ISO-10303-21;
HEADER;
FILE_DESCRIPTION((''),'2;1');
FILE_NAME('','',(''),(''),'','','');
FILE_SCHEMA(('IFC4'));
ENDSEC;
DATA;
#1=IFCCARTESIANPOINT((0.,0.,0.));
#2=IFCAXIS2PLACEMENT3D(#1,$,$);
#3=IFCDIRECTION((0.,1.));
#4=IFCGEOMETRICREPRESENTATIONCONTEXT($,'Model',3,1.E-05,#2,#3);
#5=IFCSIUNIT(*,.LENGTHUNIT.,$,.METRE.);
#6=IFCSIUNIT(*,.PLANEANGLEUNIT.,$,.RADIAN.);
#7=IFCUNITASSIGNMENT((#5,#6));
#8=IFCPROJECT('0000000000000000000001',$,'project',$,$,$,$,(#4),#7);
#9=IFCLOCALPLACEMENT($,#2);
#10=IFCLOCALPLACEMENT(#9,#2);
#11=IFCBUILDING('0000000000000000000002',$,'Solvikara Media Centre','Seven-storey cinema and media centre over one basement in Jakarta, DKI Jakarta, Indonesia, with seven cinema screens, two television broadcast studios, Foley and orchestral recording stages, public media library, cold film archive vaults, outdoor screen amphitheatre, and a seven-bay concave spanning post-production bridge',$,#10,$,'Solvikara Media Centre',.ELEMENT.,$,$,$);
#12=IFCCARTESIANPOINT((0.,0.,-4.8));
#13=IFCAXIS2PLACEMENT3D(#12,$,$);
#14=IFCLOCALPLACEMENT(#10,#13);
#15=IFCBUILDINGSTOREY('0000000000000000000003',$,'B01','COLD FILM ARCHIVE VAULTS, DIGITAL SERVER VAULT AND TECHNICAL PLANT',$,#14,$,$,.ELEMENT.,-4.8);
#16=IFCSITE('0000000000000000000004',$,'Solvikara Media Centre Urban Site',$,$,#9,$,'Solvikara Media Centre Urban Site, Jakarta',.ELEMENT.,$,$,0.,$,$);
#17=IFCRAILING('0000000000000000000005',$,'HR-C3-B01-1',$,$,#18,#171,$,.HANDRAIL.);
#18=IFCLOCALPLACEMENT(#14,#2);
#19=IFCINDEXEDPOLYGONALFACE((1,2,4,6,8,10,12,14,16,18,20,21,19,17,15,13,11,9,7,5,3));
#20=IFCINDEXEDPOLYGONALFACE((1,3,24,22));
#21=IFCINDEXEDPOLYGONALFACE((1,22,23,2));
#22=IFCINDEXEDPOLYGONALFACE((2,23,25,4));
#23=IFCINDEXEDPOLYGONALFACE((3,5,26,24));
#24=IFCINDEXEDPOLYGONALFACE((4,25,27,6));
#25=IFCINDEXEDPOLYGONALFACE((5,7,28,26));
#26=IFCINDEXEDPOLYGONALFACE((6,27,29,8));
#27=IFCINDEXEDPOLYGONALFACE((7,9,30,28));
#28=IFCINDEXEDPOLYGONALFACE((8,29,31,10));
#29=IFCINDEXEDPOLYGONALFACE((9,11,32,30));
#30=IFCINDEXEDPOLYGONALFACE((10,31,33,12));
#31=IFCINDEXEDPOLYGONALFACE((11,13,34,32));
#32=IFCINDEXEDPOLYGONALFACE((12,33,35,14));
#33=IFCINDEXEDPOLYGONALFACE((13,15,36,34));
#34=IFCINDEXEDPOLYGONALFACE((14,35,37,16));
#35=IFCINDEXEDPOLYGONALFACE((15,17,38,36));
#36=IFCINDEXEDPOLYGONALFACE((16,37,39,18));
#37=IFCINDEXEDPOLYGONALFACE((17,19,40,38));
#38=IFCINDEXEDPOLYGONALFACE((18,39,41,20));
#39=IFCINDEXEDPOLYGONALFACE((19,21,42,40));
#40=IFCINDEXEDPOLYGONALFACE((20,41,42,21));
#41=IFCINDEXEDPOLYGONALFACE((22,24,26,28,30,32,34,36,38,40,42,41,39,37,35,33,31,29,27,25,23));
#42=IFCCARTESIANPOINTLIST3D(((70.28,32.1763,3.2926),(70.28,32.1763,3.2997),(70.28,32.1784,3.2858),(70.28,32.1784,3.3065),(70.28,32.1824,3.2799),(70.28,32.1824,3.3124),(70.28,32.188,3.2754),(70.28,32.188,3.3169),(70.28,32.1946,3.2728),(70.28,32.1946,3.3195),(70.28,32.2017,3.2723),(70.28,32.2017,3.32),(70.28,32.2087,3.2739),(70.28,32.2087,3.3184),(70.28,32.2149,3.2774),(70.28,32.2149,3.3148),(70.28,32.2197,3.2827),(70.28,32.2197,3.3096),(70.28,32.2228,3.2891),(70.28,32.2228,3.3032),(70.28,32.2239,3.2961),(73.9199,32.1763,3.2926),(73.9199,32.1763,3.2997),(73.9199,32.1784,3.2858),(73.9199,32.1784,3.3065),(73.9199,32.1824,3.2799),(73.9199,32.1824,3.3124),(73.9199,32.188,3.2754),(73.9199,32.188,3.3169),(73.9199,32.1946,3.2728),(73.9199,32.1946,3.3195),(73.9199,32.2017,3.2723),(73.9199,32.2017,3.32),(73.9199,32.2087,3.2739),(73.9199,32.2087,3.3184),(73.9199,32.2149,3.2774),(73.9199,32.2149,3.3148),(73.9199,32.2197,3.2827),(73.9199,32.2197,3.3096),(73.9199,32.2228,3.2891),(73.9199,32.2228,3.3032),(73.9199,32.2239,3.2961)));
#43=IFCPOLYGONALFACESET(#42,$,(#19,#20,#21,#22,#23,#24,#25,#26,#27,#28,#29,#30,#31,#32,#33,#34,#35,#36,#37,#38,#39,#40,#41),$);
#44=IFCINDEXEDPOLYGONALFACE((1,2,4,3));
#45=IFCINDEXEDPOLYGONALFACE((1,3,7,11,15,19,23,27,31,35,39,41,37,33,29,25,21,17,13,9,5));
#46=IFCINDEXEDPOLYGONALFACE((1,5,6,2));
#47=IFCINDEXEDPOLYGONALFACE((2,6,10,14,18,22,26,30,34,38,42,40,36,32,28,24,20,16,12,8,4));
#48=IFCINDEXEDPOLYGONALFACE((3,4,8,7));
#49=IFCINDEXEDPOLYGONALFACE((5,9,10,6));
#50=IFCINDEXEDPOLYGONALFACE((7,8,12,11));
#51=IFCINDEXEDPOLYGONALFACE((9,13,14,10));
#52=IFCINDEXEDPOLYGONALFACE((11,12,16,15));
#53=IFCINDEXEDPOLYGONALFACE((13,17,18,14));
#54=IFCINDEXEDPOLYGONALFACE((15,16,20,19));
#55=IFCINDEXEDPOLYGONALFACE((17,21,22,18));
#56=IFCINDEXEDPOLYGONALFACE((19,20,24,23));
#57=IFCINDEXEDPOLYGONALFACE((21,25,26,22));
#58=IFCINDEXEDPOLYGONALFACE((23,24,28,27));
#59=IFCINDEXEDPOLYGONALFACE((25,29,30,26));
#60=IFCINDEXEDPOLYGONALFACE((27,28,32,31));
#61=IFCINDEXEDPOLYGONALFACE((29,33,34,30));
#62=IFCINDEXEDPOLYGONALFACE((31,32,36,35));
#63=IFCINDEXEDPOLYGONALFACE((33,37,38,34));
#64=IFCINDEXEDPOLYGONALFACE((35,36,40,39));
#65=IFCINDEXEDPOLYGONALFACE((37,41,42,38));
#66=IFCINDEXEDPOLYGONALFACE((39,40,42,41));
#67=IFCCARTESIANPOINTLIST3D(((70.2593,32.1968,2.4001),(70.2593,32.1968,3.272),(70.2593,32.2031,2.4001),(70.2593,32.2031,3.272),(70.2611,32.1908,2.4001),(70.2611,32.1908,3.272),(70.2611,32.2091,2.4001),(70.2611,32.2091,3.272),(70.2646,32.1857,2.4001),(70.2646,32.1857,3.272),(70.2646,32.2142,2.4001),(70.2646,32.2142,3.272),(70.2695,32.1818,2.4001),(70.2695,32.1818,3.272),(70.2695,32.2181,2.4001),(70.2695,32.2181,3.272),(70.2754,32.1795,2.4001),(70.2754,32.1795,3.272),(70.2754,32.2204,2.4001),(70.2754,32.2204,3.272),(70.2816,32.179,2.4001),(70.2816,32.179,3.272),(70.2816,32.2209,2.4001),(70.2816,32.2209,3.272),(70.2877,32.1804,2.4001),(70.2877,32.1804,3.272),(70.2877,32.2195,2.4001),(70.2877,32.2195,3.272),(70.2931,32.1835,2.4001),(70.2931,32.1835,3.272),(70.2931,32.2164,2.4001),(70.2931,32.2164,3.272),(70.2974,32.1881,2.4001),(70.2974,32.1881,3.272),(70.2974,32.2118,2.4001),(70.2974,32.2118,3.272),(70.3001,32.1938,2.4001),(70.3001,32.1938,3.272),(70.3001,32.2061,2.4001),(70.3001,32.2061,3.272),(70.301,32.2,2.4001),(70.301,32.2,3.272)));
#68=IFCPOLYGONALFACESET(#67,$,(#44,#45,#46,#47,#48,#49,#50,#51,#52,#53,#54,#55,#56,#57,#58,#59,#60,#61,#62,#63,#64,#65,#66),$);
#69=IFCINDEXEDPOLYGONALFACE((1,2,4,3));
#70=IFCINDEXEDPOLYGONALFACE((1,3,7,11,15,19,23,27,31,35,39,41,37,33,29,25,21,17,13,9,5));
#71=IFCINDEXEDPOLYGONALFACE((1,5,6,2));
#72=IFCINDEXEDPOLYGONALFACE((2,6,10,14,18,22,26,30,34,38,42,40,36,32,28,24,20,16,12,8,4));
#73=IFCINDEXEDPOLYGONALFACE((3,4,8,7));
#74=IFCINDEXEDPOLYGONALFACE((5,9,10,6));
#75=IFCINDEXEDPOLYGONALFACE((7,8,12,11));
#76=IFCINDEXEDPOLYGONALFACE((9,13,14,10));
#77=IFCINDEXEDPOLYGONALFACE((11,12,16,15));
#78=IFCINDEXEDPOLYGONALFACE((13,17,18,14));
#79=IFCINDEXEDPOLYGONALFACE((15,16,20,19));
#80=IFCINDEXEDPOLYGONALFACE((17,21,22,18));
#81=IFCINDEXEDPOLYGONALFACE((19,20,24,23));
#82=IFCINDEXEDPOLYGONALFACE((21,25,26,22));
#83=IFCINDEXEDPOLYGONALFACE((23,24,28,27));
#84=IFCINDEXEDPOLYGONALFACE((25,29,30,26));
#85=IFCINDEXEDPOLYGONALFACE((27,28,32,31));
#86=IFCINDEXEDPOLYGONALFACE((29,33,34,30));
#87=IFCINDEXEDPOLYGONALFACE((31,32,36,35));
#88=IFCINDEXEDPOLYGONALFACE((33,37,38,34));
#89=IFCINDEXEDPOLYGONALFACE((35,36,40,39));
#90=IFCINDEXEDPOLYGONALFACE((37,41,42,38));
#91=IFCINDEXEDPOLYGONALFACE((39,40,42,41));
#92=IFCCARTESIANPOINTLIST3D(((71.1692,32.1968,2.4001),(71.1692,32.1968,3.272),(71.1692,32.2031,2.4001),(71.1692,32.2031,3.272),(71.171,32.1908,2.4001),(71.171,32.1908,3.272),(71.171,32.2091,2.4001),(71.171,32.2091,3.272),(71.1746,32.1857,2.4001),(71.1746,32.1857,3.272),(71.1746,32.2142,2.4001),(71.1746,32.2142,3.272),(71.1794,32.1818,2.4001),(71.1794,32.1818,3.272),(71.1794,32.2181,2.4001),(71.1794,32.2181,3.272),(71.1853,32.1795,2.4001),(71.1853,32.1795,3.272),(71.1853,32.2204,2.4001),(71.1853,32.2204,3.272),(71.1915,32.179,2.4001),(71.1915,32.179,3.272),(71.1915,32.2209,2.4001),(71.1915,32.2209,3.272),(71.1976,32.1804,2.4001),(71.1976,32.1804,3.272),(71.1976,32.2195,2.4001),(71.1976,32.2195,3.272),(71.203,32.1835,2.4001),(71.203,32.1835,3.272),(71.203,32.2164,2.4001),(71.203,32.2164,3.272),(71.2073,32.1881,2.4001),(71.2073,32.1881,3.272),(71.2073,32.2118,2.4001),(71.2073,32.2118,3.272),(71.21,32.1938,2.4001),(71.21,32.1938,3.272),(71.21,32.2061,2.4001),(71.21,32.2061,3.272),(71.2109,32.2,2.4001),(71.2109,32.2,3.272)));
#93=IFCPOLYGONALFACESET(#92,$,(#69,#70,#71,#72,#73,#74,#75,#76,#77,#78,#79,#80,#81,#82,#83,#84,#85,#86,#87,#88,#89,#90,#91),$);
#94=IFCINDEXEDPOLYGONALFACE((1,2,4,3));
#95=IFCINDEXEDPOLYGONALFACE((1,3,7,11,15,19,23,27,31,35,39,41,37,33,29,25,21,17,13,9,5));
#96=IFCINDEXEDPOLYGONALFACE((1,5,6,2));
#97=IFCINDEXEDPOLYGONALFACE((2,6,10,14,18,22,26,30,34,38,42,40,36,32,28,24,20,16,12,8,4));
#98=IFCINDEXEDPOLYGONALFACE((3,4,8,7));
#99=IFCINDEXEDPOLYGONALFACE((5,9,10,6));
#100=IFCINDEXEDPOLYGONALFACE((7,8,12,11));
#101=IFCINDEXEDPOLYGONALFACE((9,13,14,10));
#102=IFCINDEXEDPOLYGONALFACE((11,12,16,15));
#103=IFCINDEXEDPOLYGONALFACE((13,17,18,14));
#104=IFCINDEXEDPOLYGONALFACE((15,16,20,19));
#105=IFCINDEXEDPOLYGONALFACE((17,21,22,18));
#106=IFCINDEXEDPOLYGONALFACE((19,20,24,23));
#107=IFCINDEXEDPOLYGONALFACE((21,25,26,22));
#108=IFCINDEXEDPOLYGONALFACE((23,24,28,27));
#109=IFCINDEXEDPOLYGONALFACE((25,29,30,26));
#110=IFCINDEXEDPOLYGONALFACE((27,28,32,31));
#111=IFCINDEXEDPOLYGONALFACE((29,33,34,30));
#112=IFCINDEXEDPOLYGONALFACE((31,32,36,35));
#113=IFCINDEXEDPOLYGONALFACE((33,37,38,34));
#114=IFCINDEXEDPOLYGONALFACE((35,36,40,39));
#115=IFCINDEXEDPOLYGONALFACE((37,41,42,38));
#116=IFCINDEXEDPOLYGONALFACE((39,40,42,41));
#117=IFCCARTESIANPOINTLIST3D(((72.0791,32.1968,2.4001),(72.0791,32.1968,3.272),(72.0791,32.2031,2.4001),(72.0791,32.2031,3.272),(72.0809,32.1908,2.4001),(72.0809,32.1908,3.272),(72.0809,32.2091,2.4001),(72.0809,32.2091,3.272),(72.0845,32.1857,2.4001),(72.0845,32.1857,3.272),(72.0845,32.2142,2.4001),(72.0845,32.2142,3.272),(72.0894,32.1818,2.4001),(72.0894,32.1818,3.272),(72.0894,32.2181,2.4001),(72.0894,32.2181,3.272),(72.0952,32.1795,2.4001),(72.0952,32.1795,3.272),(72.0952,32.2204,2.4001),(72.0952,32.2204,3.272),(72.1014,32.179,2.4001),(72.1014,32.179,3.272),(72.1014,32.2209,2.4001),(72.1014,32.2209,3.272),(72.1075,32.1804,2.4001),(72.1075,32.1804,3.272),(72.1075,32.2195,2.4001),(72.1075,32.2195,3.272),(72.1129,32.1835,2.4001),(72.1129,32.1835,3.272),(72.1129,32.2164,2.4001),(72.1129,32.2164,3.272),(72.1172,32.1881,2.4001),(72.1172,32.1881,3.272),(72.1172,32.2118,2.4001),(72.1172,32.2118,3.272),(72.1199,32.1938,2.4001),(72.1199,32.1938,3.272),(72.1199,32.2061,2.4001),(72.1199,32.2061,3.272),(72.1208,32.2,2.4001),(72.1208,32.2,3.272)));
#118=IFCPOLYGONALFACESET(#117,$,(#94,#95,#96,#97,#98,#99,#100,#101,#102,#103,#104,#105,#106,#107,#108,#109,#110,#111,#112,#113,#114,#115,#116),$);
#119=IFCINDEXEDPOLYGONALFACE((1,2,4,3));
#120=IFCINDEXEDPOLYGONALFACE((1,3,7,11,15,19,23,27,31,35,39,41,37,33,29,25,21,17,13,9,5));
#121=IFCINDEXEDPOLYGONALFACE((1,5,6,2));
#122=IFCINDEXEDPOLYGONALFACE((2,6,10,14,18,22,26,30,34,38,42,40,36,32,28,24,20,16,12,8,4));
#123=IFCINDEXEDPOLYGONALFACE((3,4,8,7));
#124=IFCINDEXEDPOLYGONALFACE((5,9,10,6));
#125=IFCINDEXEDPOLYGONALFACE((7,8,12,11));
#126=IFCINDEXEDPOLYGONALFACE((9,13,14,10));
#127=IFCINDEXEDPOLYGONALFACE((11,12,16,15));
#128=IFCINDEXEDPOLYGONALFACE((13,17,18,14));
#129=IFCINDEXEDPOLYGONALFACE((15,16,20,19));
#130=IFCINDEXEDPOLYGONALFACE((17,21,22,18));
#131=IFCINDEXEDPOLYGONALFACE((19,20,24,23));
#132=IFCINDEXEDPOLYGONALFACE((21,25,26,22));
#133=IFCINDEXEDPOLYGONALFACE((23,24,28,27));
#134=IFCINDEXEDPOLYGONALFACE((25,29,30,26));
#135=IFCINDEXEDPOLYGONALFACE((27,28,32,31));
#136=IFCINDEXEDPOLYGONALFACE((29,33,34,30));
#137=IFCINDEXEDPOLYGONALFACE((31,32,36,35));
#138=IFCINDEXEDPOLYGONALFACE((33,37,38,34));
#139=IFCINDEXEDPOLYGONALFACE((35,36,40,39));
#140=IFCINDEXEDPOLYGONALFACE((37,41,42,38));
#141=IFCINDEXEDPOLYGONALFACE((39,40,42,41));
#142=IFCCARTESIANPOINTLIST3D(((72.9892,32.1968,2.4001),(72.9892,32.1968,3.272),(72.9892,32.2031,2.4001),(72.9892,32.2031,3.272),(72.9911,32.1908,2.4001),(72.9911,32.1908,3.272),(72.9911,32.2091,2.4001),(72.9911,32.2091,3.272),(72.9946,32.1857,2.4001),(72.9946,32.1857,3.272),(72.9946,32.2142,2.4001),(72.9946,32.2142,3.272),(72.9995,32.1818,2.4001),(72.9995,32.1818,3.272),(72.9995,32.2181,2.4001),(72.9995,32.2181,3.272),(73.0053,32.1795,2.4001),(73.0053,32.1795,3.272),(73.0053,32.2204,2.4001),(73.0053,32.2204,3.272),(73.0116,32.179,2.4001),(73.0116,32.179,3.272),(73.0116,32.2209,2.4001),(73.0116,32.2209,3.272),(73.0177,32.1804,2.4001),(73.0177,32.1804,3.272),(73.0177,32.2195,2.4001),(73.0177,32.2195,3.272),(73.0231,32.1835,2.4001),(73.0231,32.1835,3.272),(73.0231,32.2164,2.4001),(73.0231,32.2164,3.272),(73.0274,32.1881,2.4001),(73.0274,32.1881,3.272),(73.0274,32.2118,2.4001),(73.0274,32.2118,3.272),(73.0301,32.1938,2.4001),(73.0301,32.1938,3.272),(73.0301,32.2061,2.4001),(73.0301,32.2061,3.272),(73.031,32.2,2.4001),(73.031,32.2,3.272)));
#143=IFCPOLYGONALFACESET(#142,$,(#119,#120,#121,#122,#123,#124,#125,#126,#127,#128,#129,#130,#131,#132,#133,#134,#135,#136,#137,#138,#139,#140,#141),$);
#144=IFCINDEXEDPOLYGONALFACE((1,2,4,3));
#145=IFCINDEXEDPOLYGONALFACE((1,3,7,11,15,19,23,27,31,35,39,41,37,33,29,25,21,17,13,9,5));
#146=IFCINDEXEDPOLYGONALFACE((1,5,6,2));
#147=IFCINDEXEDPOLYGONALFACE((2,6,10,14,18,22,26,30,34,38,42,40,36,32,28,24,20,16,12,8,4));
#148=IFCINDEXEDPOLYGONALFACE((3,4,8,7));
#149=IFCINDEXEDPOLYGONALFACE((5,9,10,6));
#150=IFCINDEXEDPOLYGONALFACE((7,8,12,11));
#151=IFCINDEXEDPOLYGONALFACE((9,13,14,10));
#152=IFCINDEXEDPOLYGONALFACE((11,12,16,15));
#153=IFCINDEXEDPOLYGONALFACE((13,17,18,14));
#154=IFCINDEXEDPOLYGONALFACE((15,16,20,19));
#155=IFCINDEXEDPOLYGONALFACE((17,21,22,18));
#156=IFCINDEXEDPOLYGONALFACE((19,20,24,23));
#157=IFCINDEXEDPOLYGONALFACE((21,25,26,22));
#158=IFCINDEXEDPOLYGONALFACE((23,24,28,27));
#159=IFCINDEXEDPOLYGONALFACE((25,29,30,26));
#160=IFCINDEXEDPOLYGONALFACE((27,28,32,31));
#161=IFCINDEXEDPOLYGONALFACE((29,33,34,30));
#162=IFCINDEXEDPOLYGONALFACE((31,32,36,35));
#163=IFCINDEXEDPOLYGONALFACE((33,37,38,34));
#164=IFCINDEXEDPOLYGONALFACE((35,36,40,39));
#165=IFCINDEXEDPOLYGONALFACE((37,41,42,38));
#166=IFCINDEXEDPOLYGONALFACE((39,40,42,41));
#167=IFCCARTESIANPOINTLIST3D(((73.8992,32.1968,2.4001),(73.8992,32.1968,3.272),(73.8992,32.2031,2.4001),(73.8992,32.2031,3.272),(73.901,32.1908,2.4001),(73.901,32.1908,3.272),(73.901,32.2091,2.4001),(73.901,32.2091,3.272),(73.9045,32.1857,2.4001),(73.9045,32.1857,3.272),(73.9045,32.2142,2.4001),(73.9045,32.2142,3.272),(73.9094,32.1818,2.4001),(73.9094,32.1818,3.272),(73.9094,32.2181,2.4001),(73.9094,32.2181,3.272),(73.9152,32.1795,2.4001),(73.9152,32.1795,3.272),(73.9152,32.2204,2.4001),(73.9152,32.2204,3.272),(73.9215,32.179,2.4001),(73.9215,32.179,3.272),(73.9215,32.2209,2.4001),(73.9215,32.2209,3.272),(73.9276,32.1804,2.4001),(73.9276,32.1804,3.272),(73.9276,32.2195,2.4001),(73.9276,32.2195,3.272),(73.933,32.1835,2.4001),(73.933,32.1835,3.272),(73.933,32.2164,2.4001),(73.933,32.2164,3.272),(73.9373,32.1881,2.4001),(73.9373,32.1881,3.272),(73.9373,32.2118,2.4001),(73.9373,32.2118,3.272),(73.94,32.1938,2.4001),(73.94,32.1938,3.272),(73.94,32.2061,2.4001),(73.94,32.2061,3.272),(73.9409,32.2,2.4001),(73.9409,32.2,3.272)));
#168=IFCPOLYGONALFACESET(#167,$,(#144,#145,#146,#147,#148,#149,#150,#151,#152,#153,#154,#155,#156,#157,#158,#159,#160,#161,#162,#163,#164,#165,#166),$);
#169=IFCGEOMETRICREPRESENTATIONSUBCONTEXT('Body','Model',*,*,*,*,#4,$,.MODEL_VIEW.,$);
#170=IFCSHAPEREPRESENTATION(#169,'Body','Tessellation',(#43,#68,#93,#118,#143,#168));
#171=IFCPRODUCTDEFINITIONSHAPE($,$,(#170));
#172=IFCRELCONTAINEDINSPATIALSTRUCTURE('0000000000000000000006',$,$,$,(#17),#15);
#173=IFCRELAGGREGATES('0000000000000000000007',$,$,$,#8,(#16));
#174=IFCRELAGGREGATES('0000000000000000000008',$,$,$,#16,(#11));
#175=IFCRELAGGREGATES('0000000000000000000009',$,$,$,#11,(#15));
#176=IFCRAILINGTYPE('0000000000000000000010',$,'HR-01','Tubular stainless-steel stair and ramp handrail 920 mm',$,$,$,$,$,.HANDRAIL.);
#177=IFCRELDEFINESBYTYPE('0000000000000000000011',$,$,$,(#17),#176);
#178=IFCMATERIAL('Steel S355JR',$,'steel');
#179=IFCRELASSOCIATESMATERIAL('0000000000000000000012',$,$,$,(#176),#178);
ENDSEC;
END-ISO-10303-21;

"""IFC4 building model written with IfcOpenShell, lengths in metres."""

from ifc_helpers import new_model, si_unit, direction, frame, origin, origin_2d, place, context, subcontext, project, spatial, circle, extrude, material, type_object, element, save


model = new_model("IFC4")

# Units and contexts
model_context = context("Model", 3, precision=1e-05, world=origin(), true_north=direction((0.0, 1.0)))
body_context = subcontext(model_context, "Body", "Model", "MODEL_VIEW")
ifc_project = project(units=[si_unit("LENGTHUNIT", "METRE"), si_unit("PLANEANGLEUNIT", "RADIAN")], contexts=[model_context])

# Site, building, storey
site_placement = place(None, origin())
site = spatial("IfcSite", under=ifc_project, at=site_placement, Name="Solvikara Media Centre Urban Site", LongName="Solvikara Media Centre Urban Site, Jakarta", CompositionType="ELEMENT", RefElevation=0.0)
building_placement = place(site_placement, origin())
building = spatial("IfcBuilding", under=site, at=building_placement, Name="Solvikara Media Centre", Description="Seven-storey cinema and media centre over one basement in Jakarta, DKI Jakarta, Indonesia, with seven cinema screens, two television broadcast studios, Foley and orchestral recording stages, public media library, cold film archive vaults, outdoor screen amphitheatre, and a seven-bay concave spanning post-production bridge", LongName="Solvikara Media Centre", CompositionType="ELEMENT")
storey_placement = place(building_placement, frame((0.0, 0.0, -4.8)))
storey = spatial("IfcBuildingStorey", under=building, at=storey_placement, Name="B01", Description="COLD FILM ARCHIVE VAULTS, DIGITAL SERVER VAULT AND TECHNICAL PLANT", CompositionType="ELEMENT", Elevation=-4.8)

# Railing
ifc_material_1 = material(Name="Steel S355JR", Category="steel")
railing_type_1 = type_object("IfcRailingType", Name="HR-01", Description="Tubular stainless-steel stair and ramp handrail 920 mm", PredefinedType="HANDRAIL", material=ifc_material_1)
railing_1_placement = place(storey_placement, frame((70.28, 32.2, 2.4001)))
element("IfcRailing", 1, at=railing_1_placement, inside=storey, type_object=railing_type_1, Name="HR-C3-B01-1", PredefinedType="HANDRAIL", context=body_context, shape_type="SweptSolid", body=[
    extrude(circle(Radius=0.0239, at=origin_2d()), frame((0.0, 0.0, 0.896), z_axis=(1.0, 0.0, 0.0), x_axis=(0.0, 1.0, 0.0)), (0.0, 0.0, 1.0), 3.6399),
    extrude(circle(Radius=0.021, at=origin_2d()), origin(), (0.0, 0.0, 1.0), 0.8718),
    extrude(circle(Radius=0.021, at=origin_2d()), frame((0.9099, 0.0, 0.0)), (0.0, 0.0, 1.0), 0.8718),
    extrude(circle(Radius=0.021, at=origin_2d()), frame((1.8198, 0.0, 0.0)), (0.0, 0.0, 1.0), 0.8718),
    extrude(circle(Radius=0.021, at=origin_2d()), frame((2.73, 0.0, 0.0)), (0.0, 0.0, 1.0), 0.8718),
    extrude(circle(Radius=0.021, at=origin_2d()), frame((3.6399, 0.0, 0.0)), (0.0, 0.0, 1.0), 0.8718),
])

save(model, "model.ifc")
